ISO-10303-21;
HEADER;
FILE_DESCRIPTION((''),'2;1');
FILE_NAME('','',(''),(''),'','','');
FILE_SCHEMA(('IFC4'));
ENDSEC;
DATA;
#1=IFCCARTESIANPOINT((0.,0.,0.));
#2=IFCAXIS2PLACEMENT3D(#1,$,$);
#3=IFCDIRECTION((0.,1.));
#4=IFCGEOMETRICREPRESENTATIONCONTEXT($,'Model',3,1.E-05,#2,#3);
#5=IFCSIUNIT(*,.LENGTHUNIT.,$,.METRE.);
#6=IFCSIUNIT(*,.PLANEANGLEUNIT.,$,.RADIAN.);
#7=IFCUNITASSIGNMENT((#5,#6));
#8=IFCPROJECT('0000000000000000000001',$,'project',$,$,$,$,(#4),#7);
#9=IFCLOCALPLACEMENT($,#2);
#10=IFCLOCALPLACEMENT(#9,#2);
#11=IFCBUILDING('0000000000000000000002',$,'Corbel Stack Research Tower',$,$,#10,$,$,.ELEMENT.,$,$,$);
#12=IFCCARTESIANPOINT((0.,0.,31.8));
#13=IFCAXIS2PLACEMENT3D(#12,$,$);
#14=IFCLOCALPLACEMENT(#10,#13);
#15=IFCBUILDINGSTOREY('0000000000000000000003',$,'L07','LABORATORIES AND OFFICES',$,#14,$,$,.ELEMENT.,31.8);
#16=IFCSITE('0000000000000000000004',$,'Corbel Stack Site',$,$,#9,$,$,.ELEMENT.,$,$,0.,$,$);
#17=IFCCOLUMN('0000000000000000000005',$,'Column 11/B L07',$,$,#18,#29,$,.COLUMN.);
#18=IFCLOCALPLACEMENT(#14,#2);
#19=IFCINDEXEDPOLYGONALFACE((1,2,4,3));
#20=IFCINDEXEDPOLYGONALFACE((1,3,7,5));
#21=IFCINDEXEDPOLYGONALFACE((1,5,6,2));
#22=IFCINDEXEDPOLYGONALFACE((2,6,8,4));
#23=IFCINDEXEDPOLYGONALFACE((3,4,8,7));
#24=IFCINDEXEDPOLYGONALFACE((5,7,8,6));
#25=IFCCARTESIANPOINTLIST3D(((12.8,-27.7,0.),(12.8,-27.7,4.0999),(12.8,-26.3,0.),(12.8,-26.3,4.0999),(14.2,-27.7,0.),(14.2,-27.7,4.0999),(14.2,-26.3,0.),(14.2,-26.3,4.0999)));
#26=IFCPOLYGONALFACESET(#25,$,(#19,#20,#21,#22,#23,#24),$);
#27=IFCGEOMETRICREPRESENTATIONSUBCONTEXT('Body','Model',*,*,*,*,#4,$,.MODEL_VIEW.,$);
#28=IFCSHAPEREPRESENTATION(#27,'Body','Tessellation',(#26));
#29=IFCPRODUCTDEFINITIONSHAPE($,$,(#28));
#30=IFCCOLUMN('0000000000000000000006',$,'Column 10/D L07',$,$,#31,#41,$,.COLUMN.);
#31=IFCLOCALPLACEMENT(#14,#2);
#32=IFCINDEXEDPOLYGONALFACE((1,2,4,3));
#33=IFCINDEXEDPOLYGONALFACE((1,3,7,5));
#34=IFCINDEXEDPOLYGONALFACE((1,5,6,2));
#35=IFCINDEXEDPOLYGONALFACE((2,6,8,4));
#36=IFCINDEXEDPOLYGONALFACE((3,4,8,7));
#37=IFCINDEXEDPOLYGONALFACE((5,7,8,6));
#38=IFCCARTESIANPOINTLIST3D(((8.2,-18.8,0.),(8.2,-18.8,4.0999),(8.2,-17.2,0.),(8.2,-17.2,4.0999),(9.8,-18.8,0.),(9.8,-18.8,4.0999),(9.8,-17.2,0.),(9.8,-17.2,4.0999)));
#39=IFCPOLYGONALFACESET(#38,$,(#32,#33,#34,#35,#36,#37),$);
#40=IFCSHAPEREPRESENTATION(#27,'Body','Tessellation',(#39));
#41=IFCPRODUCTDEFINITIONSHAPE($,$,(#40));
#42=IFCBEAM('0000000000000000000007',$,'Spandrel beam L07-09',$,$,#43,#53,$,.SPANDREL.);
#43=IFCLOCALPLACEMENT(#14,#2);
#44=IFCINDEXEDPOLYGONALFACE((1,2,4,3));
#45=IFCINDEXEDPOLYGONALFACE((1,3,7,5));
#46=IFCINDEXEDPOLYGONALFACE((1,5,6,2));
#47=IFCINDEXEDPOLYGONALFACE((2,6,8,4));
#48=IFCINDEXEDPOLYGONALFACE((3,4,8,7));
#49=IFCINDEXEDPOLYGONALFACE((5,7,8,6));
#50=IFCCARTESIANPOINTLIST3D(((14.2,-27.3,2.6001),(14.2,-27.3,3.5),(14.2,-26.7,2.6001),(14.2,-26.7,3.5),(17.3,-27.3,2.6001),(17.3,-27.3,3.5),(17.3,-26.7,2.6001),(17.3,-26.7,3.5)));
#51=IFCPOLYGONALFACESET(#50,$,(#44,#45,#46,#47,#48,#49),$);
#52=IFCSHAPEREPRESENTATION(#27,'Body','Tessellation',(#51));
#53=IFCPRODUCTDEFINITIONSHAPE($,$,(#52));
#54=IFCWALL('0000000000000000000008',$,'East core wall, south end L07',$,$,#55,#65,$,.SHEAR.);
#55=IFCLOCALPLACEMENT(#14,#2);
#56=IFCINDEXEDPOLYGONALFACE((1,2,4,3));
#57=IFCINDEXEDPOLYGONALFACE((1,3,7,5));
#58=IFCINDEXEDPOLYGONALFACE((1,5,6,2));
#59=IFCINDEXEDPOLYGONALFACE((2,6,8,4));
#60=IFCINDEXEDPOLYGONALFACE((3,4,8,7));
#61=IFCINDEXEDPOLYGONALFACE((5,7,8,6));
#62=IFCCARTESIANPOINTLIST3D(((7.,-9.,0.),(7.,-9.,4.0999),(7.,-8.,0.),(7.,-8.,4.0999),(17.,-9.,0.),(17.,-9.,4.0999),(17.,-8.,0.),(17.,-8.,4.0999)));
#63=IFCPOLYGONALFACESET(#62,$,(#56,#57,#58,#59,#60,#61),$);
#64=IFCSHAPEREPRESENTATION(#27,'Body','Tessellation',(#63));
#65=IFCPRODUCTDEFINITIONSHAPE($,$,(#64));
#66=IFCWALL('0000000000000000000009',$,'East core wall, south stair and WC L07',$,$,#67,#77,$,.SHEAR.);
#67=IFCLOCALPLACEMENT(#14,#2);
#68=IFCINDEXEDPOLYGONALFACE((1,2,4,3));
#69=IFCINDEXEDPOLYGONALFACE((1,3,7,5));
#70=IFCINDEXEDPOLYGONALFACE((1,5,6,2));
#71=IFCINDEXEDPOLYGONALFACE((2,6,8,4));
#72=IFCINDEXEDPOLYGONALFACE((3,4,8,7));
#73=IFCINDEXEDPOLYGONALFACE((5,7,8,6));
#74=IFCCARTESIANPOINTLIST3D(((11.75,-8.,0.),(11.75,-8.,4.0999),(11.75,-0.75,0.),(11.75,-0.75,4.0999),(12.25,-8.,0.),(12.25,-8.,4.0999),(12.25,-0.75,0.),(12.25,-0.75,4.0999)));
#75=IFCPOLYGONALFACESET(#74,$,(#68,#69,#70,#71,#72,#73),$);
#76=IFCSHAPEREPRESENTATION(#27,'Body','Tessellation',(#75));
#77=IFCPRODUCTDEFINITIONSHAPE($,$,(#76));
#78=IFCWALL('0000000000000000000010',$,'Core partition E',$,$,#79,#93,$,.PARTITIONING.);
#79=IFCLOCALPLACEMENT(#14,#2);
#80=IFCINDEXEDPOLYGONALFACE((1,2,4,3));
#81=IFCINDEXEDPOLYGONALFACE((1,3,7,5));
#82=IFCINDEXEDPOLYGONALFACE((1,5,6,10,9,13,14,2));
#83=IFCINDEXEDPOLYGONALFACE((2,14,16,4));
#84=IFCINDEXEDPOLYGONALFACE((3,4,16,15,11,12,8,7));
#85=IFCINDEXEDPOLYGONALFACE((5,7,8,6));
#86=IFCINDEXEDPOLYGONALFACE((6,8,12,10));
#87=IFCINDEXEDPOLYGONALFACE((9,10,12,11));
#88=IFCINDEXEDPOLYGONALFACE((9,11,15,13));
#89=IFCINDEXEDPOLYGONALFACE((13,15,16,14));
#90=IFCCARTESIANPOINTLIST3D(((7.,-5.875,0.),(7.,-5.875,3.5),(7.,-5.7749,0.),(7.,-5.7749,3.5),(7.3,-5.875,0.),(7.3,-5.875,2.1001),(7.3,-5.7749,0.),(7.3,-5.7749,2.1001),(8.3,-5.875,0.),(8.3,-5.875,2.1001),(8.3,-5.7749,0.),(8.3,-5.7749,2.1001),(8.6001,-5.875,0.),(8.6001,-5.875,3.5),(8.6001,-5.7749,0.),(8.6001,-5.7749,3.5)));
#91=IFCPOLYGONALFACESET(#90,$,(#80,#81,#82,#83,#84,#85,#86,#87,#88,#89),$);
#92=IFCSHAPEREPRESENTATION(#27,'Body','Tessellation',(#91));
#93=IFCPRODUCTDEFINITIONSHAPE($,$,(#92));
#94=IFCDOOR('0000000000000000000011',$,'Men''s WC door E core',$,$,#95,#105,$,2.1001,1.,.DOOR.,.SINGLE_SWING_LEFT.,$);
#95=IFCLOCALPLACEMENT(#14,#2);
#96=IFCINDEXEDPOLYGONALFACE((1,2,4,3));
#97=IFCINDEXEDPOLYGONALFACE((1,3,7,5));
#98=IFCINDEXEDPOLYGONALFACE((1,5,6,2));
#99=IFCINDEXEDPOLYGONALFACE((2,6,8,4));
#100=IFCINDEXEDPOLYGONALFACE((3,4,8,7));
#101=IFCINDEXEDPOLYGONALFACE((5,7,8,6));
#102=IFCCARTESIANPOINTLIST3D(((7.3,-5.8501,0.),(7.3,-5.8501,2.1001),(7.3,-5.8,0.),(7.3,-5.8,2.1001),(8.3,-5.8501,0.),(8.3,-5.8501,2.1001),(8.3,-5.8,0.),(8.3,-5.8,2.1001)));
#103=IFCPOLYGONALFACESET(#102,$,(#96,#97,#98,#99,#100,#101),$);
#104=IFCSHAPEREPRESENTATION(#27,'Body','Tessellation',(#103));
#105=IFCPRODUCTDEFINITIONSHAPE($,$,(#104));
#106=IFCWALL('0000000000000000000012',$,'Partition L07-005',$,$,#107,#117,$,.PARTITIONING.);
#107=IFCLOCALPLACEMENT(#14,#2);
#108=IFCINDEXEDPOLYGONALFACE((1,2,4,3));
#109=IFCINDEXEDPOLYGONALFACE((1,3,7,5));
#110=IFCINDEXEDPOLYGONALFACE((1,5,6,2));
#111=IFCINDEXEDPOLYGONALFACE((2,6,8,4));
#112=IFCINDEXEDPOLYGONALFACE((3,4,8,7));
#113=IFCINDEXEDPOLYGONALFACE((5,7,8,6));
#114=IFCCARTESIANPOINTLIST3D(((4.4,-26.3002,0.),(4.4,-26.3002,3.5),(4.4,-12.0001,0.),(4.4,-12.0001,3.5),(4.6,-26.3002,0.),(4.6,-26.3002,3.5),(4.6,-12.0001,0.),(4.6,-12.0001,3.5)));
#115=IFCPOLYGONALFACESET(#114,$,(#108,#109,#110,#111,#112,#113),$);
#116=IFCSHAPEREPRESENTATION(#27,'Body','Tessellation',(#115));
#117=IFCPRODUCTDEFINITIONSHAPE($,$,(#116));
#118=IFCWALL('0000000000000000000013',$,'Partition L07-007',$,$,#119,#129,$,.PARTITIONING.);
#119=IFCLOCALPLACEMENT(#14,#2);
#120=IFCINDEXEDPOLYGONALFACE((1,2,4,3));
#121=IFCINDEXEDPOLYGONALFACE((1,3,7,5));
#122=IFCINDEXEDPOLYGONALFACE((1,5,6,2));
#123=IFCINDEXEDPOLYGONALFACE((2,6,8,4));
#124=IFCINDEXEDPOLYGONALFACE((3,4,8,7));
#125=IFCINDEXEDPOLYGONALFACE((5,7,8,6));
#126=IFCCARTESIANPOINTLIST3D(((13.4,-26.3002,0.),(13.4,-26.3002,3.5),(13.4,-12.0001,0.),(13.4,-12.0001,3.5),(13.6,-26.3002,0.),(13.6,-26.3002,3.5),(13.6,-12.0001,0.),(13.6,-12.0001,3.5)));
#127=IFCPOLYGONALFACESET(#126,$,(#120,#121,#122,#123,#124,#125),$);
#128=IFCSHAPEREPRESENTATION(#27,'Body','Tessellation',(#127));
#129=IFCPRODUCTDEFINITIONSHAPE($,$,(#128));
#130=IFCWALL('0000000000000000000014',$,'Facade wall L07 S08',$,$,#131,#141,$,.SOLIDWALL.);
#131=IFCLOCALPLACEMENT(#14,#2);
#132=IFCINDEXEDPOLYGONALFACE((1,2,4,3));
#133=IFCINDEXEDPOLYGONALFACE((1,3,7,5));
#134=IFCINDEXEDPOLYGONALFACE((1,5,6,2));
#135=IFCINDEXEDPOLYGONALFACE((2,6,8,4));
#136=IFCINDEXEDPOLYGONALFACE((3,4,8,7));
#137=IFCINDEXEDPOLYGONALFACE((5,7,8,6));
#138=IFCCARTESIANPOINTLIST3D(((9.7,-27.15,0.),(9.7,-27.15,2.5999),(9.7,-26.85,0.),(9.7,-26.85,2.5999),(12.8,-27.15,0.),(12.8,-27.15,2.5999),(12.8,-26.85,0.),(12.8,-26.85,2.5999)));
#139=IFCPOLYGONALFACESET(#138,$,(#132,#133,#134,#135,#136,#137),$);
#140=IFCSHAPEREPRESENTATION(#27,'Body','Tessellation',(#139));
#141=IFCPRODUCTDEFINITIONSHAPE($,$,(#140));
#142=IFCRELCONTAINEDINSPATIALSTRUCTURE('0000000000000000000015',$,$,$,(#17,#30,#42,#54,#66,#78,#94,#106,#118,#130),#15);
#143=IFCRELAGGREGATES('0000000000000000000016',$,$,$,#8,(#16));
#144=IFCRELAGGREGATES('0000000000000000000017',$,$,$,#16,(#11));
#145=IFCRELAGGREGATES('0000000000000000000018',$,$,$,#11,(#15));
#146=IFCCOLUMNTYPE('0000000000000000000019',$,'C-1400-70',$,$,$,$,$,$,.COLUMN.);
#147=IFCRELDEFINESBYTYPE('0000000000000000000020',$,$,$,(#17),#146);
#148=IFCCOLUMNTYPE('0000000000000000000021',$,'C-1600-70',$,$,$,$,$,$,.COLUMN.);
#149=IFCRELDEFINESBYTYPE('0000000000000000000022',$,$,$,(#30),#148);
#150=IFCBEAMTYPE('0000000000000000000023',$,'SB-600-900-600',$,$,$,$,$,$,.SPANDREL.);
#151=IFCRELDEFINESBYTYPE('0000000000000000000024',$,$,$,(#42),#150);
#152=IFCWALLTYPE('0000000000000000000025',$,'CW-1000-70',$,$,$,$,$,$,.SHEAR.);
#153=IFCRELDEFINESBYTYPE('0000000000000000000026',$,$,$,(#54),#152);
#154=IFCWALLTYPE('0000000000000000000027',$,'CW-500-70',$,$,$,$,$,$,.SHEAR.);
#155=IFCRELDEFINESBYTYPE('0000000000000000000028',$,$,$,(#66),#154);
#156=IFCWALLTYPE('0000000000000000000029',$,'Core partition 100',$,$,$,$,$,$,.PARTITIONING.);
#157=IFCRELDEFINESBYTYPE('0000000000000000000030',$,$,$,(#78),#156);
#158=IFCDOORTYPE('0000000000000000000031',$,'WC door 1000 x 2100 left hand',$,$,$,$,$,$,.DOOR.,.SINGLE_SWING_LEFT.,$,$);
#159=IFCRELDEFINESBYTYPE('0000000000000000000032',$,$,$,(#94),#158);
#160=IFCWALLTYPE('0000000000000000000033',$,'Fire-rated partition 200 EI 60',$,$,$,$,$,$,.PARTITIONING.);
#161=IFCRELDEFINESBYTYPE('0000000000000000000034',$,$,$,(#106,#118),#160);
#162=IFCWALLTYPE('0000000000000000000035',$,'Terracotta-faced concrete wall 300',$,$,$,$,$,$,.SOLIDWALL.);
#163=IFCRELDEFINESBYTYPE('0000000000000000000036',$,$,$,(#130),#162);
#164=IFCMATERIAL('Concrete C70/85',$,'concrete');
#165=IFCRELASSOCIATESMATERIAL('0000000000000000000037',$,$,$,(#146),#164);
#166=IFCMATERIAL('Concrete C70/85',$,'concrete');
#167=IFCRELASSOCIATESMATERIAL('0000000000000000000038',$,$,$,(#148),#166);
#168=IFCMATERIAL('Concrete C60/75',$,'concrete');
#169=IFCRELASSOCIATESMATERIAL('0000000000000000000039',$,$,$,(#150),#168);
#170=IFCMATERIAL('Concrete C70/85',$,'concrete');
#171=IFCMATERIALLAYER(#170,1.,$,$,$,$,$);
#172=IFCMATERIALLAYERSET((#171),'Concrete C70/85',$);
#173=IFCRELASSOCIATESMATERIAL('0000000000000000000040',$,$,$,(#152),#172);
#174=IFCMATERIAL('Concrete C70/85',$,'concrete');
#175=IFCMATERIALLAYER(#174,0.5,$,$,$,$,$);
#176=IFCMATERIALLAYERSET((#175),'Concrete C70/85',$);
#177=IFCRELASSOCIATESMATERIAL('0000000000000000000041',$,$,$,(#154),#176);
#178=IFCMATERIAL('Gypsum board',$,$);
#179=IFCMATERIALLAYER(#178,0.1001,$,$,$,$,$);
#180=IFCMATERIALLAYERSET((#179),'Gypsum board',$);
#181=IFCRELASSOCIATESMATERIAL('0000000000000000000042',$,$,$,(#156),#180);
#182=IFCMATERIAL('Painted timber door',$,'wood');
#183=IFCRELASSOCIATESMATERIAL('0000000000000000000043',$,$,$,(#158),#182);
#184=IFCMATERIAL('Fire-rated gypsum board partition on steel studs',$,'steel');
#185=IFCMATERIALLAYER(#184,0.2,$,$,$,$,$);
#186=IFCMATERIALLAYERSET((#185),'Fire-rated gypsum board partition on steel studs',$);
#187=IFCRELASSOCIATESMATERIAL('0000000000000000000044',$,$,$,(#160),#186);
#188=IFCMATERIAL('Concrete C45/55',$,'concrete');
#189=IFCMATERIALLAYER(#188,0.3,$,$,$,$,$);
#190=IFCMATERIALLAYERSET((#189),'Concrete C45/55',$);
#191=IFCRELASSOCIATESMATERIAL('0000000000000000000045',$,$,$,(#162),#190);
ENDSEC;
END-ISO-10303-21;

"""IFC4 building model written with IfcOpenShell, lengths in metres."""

from ifc_helpers import new_model, si_unit, direction, frame, frame_2d, origin, origin_2d, place, context, subcontext, project, spatial, rectangle, extrude, material, layer, layer_set, material_profile, profile_set, type_object, element, fill, save


model = new_model("IFC4")

# Units and contexts
model_context = context("Model", 3, precision=1e-05, world=origin(), true_north=direction((0.0, 1.0)))
body_context = subcontext(model_context, "Body", "Model", "MODEL_VIEW")
ifc_project = project(units=[si_unit("LENGTHUNIT", "METRE"), si_unit("PLANEANGLEUNIT", "RADIAN")], contexts=[model_context])

# Site, building, storey
site_placement = place(None, origin())
site = spatial("IfcSite", under=ifc_project, at=site_placement, Name="Corbel Stack Site", CompositionType="ELEMENT", RefElevation=0.0)
building_placement = place(site_placement, origin())
building = spatial("IfcBuilding", under=site, at=building_placement, Name="Corbel Stack Research Tower", CompositionType="ELEMENT")
storey_placement = place(building_placement, frame((0.0, 0.0, 31.8)))
storey = spatial("IfcBuildingStorey", under=building, at=storey_placement, Name="L07", Description="LABORATORIES AND OFFICES", CompositionType="ELEMENT", Elevation=31.8)

# Columns
ifc_material_1 = material(Name="Concrete C70/85", Category="concrete")
ifc_material_profile_1 = material_profile(ifc_material_1, rectangle(XDim=1.3999, YDim=1.3999, at=origin_2d()), Name="RC 1400 x 1400")
ifc_profile_set_1 = profile_set([ifc_material_profile_1], Name="Concrete C70/85")
column_type_1 = type_object("IfcColumnType", Name="C-1400-70", PredefinedType="COLUMN", material=ifc_profile_set_1)
column_1_placement = place(storey_placement, frame((13.5, -27.0, 0.0), z_axis=(0.0, 0.0, 1.0), x_axis=(1.0, 0.0, 0.0)))
element("IfcColumn", 1, at=column_1_placement, inside=storey, type_object=column_type_1, Name="Column 11/B L07", PredefinedType="COLUMN", context=body_context, shape_type="SweptSolid", body=[
    extrude(rectangle(XDim=1.3999, YDim=1.3999, at=origin_2d()), origin(), (0.0, 0.0, 1.0), 4.0999),
])
ifc_material_2 = material(Name="Concrete C70/85", Category="concrete")
ifc_material_profile_2 = material_profile(ifc_material_2, rectangle(XDim=1.6001, YDim=1.6001, at=origin_2d()), Name="RC 1600 x 1600")
ifc_profile_set_2 = profile_set([ifc_material_profile_2], Name="Concrete C70/85")
column_type_2 = type_object("IfcColumnType", Name="C-1600-70", PredefinedType="COLUMN", material=ifc_profile_set_2)
column_2_placement = place(storey_placement, frame((9.0, -18.0, 0.0), z_axis=(0.0, 0.0, 1.0), x_axis=(1.0, 0.0, 0.0)))
element("IfcColumn", 2, at=column_2_placement, inside=storey, type_object=column_type_2, Name="Column 10/D L07", PredefinedType="COLUMN", context=body_context, shape_type="SweptSolid", body=[
    extrude(rectangle(XDim=1.6001, YDim=1.6001, at=origin_2d()), origin(), (0.0, 0.0, 1.0), 4.0999),
])

# Beam
ifc_material_3 = material(Name="Concrete C60/75", Category="concrete")
ifc_material_profile_3 = material_profile(ifc_material_3, rectangle(XDim=0.6001, YDim=0.8999, at=origin_2d()), Name="RC 600 x 900")
ifc_profile_set_3 = profile_set([ifc_material_profile_3], Name="Concrete C60/75")
beam_type = type_object("IfcBeamType", Name="SB-600-900-600", PredefinedType="SPANDREL", material=ifc_profile_set_3)
beam_placement = place(storey_placement, frame((14.2, -27.0, 3.05), z_axis=(1.0, 0.0, 0.0), x_axis=(0.0, 1.0, 0.0)))
element("IfcBeam", 3, at=beam_placement, inside=storey, type_object=beam_type, Name="Spandrel beam L07-09", PredefinedType="SPANDREL", context=body_context, shape_type="SweptSolid", body=[
    extrude(rectangle(XDim=0.6001, YDim=0.8999, at=origin_2d()), origin(), (0.0, 0.0, 1.0), 3.1001),
])

# Shared definitions
ifc_material_4 = material(Name="Concrete C70/85", Category="concrete")
ifc_layer_1 = layer(ifc_material_4, 1.0)
ifc_layer_set_1 = layer_set([ifc_layer_1], Name="Concrete C70/85")
wall_type_1 = type_object("IfcWallType", Name="CW-1000-70", PredefinedType="SHEAR", material=ifc_layer_set_1)

# Walls
wall_1_placement = place(storey_placement, frame((7.0, -8.5, 0.0), z_axis=(0.0, 0.0, 1.0), x_axis=(1.0, 0.0, 0.0)))
element("IfcWall", 4, at=wall_1_placement, inside=storey, type_object=wall_type_1, Name="East core wall, south end L07", PredefinedType="SHEAR", context=body_context, shape_type="SweptSolid", body=[
    extrude(rectangle(XDim=10.0, YDim=1.0, at=frame_2d((5.0, 0.0))), origin(), (0.0, 0.0, 1.0), 4.0999),
])
ifc_material_5 = material(Name="Concrete C70/85", Category="concrete")
ifc_layer_2 = layer(ifc_material_5, 0.5)
ifc_layer_set_2 = layer_set([ifc_layer_2], Name="Concrete C70/85")
wall_type_2 = type_object("IfcWallType", Name="CW-500-70", PredefinedType="SHEAR", material=ifc_layer_set_2)
wall_2_placement = place(storey_placement, frame((12.0, -8.0, 0.0), z_axis=(0.0, 0.0, 1.0), x_axis=(0.0, 1.0, 0.0)))
element("IfcWall", 5, at=wall_2_placement, inside=storey, type_object=wall_type_2, Name="East core wall, south stair and WC L07", PredefinedType="SHEAR", context=body_context, shape_type="SweptSolid", body=[
    extrude(rectangle(XDim=7.25, YDim=0.5, at=frame_2d((3.625, 0.0))), origin(), (0.0, 0.0, 1.0), 4.0999),
])

# Wall, opening, door
ifc_material_6 = material(Name="Gypsum board")
ifc_layer_3 = layer(ifc_material_6, 0.1001)
ifc_layer_set_3 = layer_set([ifc_layer_3], Name="Gypsum board")
wall_type_3 = type_object("IfcWallType", Name="Core partition 100", PredefinedType="PARTITIONING", material=ifc_layer_set_3)
wall_3_placement = place(storey_placement, frame((7.0, -5.825, 0.0), z_axis=(0.0, 0.0, 1.0), x_axis=(1.0, 0.0, 0.0)))
wall_3 = element("IfcWall", 6, at=wall_3_placement, inside=storey, type_object=wall_type_3, Name="Core partition E", PredefinedType="PARTITIONING", context=body_context, shape_type="SweptSolid", body=[
    extrude(rectangle(XDim=1.6001, YDim=0.1001, at=frame_2d((0.8, 0.0))), origin(), (0.0, 0.0, 1.0), 3.5),
])
opening_1_placement = place(wall_3_placement, frame((0.3, 0.0, 0.0)))
opening_1 = element("IfcOpeningElement", 7, at=opening_1_placement, cuts=wall_3, PredefinedType="OPENING", context=body_context, shape_type="SweptSolid", body=[
    extrude(rectangle(XDim=1.0, YDim=2.1001, at=frame_2d((0.5, 1.05))), frame((0.0, 0.0601, 0.0), z_axis=(0.0, -1.0, 0.0), x_axis=(1.0, 0.0, 0.0)), (0.0, 0.0, 1.0), 0.1201),
])
ifc_material_7 = material(Name="Painted timber door", Category="wood")
door_type_1 = type_object("IfcDoorType", Name="WC door 1000 x 2100 left hand", OperationType="SINGLE_SWING_LEFT", PredefinedType="DOOR", material=ifc_material_7)
door_1_placement = place(opening_1_placement, origin())
door_1 = element("IfcDoor", 8, at=door_1_placement, inside=storey, type_object=door_type_1, Name="Men's WC door E core", OperationType="SINGLE_SWING_LEFT", OverallHeight=2.1001, OverallWidth=1.0, PredefinedType="DOOR", context=body_context, shape_type="SweptSolid", body=[
    extrude(rectangle(XDim=1.0, YDim=2.1001, at=frame_2d((0.5, 1.05))), frame((0.0, 0.0249, 0.0), z_axis=(0.0, -1.0, 0.0), x_axis=(1.0, 0.0, 0.0)), (0.0, 0.0, 1.0), 0.05),
])
fill(opening_1, door_1)

# Walls
ifc_material_8 = material(Name="Fire-rated gypsum board partition on steel studs", Category="steel")
ifc_layer_4 = layer(ifc_material_8, 0.2)
ifc_layer_set_4 = layer_set([ifc_layer_4], Name="Fire-rated gypsum board partition on steel studs")
wall_type_4 = type_object("IfcWallType", Name="Fire-rated partition 200 EI 60", PredefinedType="PARTITIONING", material=ifc_layer_set_4)
for number, where, z_axis, x_axis, name in (
    (9, (4.5, -26.3, 0.0), (0.0, 0.0, 1.0), (0.0, 1.0, 0.0), "Partition L07-005"),
    (10, (13.5, -26.3, 0.0), (0.0, 0.0, 1.0), (0.0, 1.0, 0.0), "Partition L07-007"),
):
    element("IfcWall", number, at=place(storey_placement, frame(where, z_axis=z_axis, x_axis=x_axis)), inside=storey, type_object=wall_type_4, Name=name, PredefinedType="PARTITIONING", context=body_context, shape_type="SweptSolid", body=[
        extrude(rectangle(XDim=14.3, YDim=0.2, at=frame_2d((7.1499, 0.0))), origin(), (0.0, 0.0, 1.0), 3.5),
    ])
ifc_material_9 = material(Name="Concrete C45/55", Category="concrete")
ifc_layer_5 = layer(ifc_material_9, 0.3)
ifc_layer_set_5 = layer_set([ifc_layer_5], Name="Concrete C45/55")
wall_type_5 = type_object("IfcWallType", Name="Terracotta-faced concrete wall 300", PredefinedType="SOLIDWALL", material=ifc_layer_set_5)
wall_4_placement = place(storey_placement, frame((12.8, -27.0, 0.0), z_axis=(0.0, 0.0, 1.0), x_axis=(-1.0, 0.0, 0.0)))
element("IfcWall", 11, at=wall_4_placement, inside=storey, type_object=wall_type_5, Name="Facade wall L07 S08", PredefinedType="SOLIDWALL", context=body_context, shape_type="SweptSolid", body=[
    extrude(rectangle(XDim=3.1001, YDim=0.3, at=frame_2d((1.55, 0.0))), origin(), (0.0, 0.0, 1.0), 2.5999),
])

save(model, "model.ifc")
